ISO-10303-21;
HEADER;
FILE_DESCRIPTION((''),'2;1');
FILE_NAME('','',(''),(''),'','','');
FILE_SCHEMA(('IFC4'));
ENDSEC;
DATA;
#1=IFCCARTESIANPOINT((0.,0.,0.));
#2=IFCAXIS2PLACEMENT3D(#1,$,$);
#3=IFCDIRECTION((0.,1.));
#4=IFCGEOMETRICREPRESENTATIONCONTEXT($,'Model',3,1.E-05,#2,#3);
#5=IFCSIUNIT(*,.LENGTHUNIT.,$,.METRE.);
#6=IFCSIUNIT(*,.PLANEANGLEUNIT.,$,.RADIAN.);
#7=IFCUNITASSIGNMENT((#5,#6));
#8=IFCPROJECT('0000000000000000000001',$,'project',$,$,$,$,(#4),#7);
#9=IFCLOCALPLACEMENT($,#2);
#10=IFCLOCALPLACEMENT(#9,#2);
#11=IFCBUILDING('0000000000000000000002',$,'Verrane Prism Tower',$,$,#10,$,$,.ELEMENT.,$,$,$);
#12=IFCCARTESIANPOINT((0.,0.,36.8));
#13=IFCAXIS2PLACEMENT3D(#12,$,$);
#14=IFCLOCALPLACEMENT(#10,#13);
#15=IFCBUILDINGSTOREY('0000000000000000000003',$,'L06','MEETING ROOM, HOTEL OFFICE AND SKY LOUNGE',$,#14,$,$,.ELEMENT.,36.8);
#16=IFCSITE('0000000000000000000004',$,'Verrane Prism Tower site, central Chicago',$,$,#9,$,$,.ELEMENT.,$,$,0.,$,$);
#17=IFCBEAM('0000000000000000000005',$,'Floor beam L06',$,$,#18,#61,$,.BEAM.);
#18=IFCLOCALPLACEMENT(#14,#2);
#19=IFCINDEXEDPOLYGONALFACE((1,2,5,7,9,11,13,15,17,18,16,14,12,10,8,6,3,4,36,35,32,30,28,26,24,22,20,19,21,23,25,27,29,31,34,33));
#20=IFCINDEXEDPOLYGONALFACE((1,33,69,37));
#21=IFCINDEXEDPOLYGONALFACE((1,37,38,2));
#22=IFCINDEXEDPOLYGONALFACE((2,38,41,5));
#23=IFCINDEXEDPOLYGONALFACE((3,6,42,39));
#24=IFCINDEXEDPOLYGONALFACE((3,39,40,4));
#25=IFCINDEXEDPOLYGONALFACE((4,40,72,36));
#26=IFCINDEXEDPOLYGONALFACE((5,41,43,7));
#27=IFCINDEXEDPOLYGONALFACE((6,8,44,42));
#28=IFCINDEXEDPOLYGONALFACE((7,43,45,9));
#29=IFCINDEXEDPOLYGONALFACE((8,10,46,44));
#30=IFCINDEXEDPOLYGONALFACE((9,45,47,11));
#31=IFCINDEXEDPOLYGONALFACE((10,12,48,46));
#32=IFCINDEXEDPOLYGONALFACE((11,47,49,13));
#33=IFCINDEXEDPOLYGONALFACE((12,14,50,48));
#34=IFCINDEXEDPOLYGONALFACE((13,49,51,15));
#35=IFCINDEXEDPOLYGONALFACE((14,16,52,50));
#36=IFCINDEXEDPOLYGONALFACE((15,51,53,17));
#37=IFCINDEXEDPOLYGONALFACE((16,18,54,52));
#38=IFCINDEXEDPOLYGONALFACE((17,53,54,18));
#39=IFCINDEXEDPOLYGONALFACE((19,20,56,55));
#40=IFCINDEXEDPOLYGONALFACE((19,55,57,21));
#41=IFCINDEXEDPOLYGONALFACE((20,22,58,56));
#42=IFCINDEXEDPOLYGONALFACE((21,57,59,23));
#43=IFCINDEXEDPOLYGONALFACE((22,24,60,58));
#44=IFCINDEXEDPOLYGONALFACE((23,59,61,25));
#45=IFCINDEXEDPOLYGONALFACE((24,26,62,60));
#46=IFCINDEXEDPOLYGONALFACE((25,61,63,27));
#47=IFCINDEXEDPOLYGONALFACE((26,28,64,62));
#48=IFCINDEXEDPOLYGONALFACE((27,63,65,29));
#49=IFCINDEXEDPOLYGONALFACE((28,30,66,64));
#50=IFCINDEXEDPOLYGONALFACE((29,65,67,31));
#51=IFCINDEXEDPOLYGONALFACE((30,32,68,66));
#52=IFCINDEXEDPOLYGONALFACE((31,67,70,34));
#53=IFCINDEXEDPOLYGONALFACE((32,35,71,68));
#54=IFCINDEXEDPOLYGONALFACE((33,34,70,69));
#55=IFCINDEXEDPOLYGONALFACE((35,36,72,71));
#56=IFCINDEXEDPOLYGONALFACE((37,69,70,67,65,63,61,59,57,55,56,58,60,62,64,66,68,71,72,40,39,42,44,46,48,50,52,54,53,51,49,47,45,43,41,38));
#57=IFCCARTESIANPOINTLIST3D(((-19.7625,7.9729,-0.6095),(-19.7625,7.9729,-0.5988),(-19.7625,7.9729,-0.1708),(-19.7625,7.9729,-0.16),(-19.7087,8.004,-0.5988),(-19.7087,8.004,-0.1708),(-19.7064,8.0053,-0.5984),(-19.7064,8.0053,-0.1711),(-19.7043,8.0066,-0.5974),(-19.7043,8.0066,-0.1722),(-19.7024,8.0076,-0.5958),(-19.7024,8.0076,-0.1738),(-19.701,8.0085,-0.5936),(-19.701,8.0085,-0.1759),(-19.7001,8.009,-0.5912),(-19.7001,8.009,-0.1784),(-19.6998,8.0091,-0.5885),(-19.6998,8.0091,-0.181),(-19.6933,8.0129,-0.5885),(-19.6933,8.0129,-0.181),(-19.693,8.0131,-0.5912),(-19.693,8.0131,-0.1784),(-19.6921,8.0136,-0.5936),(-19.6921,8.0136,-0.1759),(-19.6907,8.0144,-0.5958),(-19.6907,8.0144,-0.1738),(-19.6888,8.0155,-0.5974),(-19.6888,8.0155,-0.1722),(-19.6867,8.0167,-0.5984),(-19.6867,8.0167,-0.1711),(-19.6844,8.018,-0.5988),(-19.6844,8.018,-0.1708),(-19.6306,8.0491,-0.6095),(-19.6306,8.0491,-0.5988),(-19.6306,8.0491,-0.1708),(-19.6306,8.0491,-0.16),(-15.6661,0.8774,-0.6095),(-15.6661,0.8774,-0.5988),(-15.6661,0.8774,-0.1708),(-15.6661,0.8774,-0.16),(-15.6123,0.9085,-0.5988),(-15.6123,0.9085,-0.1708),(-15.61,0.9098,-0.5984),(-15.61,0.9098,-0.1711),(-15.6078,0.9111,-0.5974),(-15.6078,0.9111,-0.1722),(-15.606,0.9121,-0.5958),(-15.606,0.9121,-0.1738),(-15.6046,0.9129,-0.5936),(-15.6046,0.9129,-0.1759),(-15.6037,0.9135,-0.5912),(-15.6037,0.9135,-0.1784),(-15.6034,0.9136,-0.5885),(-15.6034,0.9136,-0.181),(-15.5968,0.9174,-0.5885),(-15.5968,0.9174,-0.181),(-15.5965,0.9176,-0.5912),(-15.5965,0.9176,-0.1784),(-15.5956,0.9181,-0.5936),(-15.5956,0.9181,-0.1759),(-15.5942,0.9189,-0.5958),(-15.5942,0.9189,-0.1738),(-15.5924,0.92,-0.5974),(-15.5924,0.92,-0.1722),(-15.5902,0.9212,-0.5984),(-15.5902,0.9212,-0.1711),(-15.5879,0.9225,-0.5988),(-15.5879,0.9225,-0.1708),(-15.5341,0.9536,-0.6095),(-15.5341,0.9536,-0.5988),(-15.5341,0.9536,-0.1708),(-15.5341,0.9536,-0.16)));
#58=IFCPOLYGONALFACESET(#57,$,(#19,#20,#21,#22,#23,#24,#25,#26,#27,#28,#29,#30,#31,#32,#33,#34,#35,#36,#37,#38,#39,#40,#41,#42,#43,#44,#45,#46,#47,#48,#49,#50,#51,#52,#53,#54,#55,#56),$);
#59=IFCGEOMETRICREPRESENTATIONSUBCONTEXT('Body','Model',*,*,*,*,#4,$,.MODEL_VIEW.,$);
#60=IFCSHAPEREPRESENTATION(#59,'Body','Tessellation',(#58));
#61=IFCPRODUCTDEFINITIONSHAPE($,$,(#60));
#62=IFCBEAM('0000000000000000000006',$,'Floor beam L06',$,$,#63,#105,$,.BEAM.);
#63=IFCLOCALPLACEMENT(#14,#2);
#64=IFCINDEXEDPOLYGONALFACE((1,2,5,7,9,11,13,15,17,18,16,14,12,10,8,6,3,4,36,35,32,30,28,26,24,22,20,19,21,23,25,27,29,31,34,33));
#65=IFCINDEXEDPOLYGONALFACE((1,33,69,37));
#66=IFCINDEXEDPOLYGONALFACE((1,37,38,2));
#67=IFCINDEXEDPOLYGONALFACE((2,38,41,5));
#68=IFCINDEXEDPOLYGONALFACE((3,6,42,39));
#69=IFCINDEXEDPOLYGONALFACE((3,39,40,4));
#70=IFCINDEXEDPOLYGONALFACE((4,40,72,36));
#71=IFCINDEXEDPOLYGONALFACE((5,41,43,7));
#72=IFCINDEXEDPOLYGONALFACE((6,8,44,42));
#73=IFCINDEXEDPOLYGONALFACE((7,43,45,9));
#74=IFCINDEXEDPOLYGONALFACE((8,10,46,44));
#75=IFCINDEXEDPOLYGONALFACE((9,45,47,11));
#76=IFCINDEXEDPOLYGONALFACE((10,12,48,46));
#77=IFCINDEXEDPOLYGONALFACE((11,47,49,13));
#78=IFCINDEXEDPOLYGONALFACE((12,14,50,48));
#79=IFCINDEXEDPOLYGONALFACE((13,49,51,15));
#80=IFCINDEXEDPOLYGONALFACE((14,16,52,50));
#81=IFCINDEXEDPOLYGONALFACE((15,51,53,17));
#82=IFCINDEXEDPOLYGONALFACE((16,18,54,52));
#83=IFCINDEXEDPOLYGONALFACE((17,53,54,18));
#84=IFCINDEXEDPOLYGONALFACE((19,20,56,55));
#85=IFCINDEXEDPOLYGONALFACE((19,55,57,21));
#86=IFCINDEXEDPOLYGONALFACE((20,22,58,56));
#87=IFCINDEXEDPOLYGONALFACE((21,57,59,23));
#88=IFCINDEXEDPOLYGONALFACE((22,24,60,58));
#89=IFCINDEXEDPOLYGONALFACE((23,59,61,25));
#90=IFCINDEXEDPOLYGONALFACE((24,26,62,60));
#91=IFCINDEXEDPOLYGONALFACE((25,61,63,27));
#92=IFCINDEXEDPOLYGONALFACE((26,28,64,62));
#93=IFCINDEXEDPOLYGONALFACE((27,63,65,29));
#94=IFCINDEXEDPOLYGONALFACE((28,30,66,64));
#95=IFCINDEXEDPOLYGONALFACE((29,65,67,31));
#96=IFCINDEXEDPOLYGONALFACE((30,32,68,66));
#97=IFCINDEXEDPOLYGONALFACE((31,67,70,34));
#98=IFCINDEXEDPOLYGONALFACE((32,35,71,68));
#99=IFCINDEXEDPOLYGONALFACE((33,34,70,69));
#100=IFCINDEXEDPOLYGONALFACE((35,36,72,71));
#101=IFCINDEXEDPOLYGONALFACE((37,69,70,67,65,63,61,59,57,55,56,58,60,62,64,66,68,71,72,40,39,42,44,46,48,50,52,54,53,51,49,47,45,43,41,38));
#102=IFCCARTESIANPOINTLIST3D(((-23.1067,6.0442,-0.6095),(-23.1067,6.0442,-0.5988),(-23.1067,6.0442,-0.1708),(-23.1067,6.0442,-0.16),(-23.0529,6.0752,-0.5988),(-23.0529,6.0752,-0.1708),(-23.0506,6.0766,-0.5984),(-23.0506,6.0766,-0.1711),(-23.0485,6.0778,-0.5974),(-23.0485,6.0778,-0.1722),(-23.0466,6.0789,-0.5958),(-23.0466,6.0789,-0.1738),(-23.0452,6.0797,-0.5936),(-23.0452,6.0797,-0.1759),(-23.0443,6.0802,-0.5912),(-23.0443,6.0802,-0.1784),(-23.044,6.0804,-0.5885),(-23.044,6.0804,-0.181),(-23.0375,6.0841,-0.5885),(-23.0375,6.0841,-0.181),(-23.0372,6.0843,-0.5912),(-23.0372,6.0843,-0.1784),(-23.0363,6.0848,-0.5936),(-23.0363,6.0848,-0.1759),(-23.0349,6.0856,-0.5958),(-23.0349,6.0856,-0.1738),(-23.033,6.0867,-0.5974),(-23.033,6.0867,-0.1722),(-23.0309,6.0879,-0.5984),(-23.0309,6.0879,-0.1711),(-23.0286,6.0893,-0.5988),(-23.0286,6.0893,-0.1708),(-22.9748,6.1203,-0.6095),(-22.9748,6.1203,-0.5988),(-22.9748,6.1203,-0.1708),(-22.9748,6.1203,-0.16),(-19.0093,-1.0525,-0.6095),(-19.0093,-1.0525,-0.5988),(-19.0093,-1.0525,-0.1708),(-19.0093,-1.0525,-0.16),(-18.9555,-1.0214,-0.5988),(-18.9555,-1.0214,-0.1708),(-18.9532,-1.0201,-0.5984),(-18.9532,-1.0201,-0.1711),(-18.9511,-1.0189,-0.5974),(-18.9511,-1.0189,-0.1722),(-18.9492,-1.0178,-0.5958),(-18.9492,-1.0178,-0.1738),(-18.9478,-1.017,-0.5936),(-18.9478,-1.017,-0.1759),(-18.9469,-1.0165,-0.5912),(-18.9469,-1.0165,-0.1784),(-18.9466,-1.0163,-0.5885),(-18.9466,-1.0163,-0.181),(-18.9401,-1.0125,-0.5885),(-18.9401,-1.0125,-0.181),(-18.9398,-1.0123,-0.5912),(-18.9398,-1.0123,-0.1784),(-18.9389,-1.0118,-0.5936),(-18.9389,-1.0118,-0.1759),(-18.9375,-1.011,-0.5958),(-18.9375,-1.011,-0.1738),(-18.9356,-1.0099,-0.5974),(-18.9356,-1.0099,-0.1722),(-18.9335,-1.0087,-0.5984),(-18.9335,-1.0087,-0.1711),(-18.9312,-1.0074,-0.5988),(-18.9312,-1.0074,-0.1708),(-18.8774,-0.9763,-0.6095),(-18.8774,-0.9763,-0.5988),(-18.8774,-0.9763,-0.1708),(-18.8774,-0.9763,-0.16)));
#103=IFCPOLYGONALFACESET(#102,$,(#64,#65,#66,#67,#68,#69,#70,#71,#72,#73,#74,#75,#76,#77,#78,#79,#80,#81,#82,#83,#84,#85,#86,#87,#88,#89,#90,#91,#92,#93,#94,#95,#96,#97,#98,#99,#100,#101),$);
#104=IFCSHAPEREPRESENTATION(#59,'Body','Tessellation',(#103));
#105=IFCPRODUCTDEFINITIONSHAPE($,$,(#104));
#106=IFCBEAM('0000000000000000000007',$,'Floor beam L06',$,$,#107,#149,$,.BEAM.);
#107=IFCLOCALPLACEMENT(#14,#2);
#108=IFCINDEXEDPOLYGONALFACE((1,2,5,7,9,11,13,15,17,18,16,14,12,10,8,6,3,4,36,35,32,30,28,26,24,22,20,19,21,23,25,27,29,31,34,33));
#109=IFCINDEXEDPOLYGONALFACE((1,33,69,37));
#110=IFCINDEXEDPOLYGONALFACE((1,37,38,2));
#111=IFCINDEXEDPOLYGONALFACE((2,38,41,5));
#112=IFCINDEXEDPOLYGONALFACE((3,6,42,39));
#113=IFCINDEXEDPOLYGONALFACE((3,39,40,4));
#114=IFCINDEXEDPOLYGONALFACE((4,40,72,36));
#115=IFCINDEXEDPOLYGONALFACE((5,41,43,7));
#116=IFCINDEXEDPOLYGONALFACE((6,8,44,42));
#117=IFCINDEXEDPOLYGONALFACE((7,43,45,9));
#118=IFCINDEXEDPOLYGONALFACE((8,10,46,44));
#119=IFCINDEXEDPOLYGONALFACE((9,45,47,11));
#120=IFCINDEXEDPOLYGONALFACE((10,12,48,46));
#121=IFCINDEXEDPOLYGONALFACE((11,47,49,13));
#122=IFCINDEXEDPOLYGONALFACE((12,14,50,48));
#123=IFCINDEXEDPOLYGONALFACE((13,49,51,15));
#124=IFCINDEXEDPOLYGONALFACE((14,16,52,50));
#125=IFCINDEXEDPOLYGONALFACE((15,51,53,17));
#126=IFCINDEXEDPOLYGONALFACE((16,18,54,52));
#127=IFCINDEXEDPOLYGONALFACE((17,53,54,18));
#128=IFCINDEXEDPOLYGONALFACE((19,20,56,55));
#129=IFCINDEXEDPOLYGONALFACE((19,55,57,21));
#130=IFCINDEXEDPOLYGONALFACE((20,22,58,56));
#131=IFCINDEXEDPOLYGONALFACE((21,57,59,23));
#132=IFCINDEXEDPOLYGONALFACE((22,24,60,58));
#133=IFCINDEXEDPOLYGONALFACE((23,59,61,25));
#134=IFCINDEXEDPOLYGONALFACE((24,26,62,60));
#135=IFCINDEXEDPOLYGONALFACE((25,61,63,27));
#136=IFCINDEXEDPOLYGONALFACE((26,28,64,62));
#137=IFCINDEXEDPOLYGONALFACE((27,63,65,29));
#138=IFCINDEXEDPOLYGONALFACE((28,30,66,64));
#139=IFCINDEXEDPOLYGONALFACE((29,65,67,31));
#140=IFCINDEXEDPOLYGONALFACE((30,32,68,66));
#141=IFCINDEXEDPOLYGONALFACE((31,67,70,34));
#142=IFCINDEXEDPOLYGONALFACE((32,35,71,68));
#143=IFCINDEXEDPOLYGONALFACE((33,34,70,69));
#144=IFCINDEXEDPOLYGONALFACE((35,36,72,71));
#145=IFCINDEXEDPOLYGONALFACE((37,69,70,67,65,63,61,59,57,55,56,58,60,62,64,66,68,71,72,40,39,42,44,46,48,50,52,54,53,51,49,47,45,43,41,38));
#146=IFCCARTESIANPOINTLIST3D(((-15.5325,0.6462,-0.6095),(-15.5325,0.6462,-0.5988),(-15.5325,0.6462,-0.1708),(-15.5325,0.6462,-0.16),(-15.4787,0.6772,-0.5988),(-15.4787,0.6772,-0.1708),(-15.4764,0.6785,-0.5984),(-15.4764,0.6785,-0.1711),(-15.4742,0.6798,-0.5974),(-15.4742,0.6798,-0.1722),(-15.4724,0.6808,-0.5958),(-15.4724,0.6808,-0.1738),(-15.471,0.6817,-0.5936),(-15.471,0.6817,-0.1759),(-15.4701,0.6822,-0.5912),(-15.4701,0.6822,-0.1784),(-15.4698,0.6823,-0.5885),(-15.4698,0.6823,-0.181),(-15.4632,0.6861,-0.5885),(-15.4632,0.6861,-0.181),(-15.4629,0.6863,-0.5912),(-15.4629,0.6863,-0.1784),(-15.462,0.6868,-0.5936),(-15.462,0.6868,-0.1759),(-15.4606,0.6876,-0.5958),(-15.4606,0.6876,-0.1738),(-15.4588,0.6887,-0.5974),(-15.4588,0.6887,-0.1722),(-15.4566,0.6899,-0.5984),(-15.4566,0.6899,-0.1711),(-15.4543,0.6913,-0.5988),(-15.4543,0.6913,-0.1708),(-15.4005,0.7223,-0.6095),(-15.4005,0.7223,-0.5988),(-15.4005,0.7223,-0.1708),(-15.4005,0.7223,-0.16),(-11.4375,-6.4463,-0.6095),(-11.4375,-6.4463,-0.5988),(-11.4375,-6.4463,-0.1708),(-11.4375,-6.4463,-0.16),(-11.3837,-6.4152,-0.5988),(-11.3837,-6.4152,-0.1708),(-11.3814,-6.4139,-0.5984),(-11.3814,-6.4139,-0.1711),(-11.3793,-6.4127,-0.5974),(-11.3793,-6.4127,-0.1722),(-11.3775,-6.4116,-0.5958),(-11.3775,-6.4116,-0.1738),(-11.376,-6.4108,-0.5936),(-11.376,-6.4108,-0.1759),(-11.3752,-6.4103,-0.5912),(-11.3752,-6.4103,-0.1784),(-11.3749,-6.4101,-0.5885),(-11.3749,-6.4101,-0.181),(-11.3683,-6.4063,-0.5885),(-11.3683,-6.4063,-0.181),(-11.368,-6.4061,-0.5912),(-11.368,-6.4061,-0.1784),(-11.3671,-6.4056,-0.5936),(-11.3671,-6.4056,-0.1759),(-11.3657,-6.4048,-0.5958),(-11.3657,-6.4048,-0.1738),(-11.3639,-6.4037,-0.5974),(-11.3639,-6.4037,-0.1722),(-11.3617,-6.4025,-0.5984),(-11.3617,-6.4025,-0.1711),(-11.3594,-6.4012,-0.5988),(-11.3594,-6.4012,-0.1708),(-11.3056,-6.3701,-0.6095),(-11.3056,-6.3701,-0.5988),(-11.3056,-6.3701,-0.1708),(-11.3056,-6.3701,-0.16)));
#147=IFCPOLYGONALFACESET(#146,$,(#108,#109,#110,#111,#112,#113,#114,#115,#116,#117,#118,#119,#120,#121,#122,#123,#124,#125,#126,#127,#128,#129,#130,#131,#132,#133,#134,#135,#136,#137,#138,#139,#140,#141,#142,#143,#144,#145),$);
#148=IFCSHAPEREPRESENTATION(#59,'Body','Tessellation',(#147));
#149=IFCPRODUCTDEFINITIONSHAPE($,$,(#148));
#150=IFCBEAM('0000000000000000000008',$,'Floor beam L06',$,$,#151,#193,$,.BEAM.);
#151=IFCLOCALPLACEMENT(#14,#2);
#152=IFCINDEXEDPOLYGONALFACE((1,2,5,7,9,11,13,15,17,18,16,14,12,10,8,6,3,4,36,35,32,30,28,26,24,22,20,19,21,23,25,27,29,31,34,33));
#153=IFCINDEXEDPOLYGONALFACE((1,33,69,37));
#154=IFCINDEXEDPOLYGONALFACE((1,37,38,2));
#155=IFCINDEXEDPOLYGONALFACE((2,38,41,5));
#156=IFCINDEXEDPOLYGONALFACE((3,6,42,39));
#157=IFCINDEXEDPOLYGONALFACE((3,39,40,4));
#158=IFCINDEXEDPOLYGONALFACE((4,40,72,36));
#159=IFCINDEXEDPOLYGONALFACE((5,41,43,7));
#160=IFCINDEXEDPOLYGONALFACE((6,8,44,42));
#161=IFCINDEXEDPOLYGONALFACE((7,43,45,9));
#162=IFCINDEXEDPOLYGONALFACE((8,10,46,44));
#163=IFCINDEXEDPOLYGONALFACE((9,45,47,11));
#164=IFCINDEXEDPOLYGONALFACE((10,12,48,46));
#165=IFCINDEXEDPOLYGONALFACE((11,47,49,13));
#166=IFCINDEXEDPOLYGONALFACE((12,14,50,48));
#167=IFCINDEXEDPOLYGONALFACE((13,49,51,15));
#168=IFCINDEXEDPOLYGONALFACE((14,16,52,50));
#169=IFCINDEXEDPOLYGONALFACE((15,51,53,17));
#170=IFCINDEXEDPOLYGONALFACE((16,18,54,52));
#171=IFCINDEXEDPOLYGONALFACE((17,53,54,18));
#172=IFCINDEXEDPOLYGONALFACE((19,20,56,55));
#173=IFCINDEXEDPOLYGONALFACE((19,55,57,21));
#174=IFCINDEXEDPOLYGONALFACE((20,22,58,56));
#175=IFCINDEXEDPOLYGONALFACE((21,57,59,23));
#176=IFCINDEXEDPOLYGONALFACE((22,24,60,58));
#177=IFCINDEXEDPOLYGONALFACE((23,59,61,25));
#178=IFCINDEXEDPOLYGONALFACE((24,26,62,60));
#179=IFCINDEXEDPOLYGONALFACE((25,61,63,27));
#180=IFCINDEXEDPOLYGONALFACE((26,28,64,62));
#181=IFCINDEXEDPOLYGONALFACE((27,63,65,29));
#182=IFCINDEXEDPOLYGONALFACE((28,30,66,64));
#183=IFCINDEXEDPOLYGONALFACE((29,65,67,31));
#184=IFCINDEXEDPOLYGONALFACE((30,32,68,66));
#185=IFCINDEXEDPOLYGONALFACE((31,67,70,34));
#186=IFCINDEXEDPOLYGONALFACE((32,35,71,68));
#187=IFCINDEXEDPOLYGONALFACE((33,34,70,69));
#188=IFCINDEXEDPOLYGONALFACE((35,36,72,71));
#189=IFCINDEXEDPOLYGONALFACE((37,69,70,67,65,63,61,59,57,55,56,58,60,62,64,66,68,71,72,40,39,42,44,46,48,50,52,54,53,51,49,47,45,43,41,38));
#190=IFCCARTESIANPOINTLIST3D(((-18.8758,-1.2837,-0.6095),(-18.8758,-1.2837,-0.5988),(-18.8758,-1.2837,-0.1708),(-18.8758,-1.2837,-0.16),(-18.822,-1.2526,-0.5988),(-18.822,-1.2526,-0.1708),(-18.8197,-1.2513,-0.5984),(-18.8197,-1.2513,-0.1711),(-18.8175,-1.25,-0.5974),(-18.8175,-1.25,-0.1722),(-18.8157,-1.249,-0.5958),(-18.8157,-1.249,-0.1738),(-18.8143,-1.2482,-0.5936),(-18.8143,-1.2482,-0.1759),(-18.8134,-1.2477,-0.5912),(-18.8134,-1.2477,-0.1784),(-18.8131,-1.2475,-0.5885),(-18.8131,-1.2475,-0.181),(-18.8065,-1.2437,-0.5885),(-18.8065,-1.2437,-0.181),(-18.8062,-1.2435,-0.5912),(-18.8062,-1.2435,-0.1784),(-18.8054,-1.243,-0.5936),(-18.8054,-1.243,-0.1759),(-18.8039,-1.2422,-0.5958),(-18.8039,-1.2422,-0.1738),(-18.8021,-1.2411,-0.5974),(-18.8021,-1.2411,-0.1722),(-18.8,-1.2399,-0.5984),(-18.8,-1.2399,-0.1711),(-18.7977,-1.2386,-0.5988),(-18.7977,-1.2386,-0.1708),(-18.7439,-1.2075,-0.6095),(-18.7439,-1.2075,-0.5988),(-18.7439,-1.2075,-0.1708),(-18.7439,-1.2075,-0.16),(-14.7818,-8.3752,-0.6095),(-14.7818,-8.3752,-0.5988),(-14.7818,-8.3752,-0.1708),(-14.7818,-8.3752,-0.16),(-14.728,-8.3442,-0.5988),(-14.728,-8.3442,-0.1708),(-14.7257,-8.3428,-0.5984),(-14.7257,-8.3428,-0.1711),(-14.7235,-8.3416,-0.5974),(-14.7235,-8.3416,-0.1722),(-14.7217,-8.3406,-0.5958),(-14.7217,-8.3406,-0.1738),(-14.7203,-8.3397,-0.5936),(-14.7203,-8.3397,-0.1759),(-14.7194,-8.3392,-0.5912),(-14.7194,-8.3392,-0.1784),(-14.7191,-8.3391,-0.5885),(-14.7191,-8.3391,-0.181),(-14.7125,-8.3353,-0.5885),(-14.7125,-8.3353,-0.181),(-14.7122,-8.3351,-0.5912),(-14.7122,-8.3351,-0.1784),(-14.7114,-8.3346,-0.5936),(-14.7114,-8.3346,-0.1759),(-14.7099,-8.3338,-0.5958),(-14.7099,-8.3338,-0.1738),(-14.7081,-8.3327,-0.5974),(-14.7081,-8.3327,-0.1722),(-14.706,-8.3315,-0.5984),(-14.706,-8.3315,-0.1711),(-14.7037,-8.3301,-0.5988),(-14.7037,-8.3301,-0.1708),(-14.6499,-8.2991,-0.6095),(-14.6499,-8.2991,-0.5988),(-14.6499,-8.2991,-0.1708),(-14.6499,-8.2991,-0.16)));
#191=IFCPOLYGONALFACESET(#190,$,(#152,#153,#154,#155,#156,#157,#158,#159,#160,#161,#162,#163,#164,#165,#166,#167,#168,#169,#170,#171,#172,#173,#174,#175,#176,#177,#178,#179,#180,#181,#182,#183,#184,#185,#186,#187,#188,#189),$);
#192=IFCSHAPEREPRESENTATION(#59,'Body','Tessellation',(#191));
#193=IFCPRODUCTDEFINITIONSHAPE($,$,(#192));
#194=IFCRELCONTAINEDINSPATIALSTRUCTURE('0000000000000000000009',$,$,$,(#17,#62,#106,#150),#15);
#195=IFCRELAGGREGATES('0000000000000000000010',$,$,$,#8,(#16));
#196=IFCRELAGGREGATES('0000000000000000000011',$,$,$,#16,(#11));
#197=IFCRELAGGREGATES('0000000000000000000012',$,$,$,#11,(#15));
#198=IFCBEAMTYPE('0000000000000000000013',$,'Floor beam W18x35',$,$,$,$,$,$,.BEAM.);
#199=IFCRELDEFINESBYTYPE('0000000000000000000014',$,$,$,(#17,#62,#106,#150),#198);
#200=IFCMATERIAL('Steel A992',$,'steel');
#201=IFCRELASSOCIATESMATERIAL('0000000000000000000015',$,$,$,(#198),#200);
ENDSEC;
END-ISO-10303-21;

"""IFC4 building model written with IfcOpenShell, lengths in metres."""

from ifc_helpers import new_model, si_unit, direction, frame, origin, origin_2d, place, context, subcontext, project, spatial, i_section, extrude, material, material_profile, profile_set, type_object, element, save


model = new_model("IFC4")

# Units and contexts
model_context = context("Model", 3, precision=1e-05, world=origin(), true_north=direction((0.0, 1.0)))
body_context = subcontext(model_context, "Body", "Model", "MODEL_VIEW")
ifc_project = project(units=[si_unit("LENGTHUNIT", "METRE"), si_unit("PLANEANGLEUNIT", "RADIAN")], contexts=[model_context])

# Site, building, storey
site_placement = place(None, origin())
site = spatial("IfcSite", under=ifc_project, at=site_placement, Name="Verrane Prism Tower site, central Chicago", CompositionType="ELEMENT", RefElevation=0.0)
building_placement = place(site_placement, origin())
building = spatial("IfcBuilding", under=site, at=building_placement, Name="Verrane Prism Tower", CompositionType="ELEMENT")
storey_placement = place(building_placement, frame((0.0, 0.0, 36.8)))
storey = spatial("IfcBuildingStorey", under=building, at=storey_placement, Name="L06", Description="MEETING ROOM, HOTEL OFFICE AND SKY LOUNGE", CompositionType="ELEMENT", Elevation=36.8)

# Beams
ifc_material_1 = material(Name="Steel A992", Category="steel")
ifc_material_profile_1 = material_profile(ifc_material_1, i_section(OverallWidth=0.1523, OverallDepth=0.4495, WebThickness=0.0076, FlangeThickness=0.0107, FilletRadius=0.0103, at=origin_2d()), Name="W18x35")
ifc_profile_set_1 = profile_set([ifc_material_profile_1], Name="Steel A992")
beam_type_1 = type_object("IfcBeamType", Name="Floor beam W18x35", PredefinedType="BEAM", material=ifc_profile_set_1)
beam_1_placement = place(storey_placement, frame((-15.6001, 0.9155, -0.3848), z_axis=(-0.499988, 0.866032, 0.0), x_axis=(-0.866032, -0.499988, 0.0)))
element("IfcBeam", 1, at=beam_1_placement, inside=storey, type_object=beam_type_1, Name="Floor beam L06", PredefinedType="BEAM", context=body_context, shape_type="SweptSolid", body=[
    extrude(i_section(OverallWidth=0.1523, OverallDepth=0.4495, WebThickness=0.0076, FlangeThickness=0.0107, FilletRadius=0.0103, at=origin_2d()), origin(), (0.0, 0.0, 1.0), 8.1931),
])
beam_2_placement = place(storey_placement, frame((-18.9434, -1.0144, -0.3848), z_axis=(-0.500013, 0.866018, 0.0), x_axis=(-0.866018, -0.500013, 0.0)))
element("IfcBeam", 2, at=beam_2_placement, inside=storey, type_object=beam_type_1, Name="Floor beam L06", PredefinedType="BEAM", context=body_context, shape_type="SweptSolid", body=[
    extrude(i_section(OverallWidth=0.1523, OverallDepth=0.4495, WebThickness=0.0076, FlangeThickness=0.0107, FilletRadius=0.0103, at=origin_2d()), origin(), (0.0, 0.0, 1.0), 8.1946),
])
beam_3_placement = place(storey_placement, frame((-11.3716, -6.4082, -0.3848), z_axis=(-0.500009, 0.86602, 0.0), x_axis=(-0.86602, -0.500009, 0.0)))
element("IfcBeam", 3, at=beam_3_placement, inside=storey, type_object=beam_type_1, Name="Floor beam L06", PredefinedType="BEAM", context=body_context, shape_type="SweptSolid", body=[
    extrude(i_section(OverallWidth=0.1523, OverallDepth=0.4495, WebThickness=0.0076, FlangeThickness=0.0107, FilletRadius=0.0103, at=origin_2d()), origin(), (0.0, 0.0, 1.0), 8.1897),
])
beam_4_placement = place(storey_placement, frame((-14.7158, -8.3372, -0.3848), z_axis=(-0.499971, 0.866042, 0.0), x_axis=(-0.866042, -0.499971, 0.0)))
element("IfcBeam", 4, at=beam_4_placement, inside=storey, type_object=beam_type_1, Name="Floor beam L06", PredefinedType="BEAM", context=body_context, shape_type="SweptSolid", body=[
    extrude(i_section(OverallWidth=0.1523, OverallDepth=0.4495, WebThickness=0.0076, FlangeThickness=0.0107, FilletRadius=0.0103, at=origin_2d()), origin(), (0.0, 0.0, 1.0), 8.1885),
])

save(model, "model.ifc")
